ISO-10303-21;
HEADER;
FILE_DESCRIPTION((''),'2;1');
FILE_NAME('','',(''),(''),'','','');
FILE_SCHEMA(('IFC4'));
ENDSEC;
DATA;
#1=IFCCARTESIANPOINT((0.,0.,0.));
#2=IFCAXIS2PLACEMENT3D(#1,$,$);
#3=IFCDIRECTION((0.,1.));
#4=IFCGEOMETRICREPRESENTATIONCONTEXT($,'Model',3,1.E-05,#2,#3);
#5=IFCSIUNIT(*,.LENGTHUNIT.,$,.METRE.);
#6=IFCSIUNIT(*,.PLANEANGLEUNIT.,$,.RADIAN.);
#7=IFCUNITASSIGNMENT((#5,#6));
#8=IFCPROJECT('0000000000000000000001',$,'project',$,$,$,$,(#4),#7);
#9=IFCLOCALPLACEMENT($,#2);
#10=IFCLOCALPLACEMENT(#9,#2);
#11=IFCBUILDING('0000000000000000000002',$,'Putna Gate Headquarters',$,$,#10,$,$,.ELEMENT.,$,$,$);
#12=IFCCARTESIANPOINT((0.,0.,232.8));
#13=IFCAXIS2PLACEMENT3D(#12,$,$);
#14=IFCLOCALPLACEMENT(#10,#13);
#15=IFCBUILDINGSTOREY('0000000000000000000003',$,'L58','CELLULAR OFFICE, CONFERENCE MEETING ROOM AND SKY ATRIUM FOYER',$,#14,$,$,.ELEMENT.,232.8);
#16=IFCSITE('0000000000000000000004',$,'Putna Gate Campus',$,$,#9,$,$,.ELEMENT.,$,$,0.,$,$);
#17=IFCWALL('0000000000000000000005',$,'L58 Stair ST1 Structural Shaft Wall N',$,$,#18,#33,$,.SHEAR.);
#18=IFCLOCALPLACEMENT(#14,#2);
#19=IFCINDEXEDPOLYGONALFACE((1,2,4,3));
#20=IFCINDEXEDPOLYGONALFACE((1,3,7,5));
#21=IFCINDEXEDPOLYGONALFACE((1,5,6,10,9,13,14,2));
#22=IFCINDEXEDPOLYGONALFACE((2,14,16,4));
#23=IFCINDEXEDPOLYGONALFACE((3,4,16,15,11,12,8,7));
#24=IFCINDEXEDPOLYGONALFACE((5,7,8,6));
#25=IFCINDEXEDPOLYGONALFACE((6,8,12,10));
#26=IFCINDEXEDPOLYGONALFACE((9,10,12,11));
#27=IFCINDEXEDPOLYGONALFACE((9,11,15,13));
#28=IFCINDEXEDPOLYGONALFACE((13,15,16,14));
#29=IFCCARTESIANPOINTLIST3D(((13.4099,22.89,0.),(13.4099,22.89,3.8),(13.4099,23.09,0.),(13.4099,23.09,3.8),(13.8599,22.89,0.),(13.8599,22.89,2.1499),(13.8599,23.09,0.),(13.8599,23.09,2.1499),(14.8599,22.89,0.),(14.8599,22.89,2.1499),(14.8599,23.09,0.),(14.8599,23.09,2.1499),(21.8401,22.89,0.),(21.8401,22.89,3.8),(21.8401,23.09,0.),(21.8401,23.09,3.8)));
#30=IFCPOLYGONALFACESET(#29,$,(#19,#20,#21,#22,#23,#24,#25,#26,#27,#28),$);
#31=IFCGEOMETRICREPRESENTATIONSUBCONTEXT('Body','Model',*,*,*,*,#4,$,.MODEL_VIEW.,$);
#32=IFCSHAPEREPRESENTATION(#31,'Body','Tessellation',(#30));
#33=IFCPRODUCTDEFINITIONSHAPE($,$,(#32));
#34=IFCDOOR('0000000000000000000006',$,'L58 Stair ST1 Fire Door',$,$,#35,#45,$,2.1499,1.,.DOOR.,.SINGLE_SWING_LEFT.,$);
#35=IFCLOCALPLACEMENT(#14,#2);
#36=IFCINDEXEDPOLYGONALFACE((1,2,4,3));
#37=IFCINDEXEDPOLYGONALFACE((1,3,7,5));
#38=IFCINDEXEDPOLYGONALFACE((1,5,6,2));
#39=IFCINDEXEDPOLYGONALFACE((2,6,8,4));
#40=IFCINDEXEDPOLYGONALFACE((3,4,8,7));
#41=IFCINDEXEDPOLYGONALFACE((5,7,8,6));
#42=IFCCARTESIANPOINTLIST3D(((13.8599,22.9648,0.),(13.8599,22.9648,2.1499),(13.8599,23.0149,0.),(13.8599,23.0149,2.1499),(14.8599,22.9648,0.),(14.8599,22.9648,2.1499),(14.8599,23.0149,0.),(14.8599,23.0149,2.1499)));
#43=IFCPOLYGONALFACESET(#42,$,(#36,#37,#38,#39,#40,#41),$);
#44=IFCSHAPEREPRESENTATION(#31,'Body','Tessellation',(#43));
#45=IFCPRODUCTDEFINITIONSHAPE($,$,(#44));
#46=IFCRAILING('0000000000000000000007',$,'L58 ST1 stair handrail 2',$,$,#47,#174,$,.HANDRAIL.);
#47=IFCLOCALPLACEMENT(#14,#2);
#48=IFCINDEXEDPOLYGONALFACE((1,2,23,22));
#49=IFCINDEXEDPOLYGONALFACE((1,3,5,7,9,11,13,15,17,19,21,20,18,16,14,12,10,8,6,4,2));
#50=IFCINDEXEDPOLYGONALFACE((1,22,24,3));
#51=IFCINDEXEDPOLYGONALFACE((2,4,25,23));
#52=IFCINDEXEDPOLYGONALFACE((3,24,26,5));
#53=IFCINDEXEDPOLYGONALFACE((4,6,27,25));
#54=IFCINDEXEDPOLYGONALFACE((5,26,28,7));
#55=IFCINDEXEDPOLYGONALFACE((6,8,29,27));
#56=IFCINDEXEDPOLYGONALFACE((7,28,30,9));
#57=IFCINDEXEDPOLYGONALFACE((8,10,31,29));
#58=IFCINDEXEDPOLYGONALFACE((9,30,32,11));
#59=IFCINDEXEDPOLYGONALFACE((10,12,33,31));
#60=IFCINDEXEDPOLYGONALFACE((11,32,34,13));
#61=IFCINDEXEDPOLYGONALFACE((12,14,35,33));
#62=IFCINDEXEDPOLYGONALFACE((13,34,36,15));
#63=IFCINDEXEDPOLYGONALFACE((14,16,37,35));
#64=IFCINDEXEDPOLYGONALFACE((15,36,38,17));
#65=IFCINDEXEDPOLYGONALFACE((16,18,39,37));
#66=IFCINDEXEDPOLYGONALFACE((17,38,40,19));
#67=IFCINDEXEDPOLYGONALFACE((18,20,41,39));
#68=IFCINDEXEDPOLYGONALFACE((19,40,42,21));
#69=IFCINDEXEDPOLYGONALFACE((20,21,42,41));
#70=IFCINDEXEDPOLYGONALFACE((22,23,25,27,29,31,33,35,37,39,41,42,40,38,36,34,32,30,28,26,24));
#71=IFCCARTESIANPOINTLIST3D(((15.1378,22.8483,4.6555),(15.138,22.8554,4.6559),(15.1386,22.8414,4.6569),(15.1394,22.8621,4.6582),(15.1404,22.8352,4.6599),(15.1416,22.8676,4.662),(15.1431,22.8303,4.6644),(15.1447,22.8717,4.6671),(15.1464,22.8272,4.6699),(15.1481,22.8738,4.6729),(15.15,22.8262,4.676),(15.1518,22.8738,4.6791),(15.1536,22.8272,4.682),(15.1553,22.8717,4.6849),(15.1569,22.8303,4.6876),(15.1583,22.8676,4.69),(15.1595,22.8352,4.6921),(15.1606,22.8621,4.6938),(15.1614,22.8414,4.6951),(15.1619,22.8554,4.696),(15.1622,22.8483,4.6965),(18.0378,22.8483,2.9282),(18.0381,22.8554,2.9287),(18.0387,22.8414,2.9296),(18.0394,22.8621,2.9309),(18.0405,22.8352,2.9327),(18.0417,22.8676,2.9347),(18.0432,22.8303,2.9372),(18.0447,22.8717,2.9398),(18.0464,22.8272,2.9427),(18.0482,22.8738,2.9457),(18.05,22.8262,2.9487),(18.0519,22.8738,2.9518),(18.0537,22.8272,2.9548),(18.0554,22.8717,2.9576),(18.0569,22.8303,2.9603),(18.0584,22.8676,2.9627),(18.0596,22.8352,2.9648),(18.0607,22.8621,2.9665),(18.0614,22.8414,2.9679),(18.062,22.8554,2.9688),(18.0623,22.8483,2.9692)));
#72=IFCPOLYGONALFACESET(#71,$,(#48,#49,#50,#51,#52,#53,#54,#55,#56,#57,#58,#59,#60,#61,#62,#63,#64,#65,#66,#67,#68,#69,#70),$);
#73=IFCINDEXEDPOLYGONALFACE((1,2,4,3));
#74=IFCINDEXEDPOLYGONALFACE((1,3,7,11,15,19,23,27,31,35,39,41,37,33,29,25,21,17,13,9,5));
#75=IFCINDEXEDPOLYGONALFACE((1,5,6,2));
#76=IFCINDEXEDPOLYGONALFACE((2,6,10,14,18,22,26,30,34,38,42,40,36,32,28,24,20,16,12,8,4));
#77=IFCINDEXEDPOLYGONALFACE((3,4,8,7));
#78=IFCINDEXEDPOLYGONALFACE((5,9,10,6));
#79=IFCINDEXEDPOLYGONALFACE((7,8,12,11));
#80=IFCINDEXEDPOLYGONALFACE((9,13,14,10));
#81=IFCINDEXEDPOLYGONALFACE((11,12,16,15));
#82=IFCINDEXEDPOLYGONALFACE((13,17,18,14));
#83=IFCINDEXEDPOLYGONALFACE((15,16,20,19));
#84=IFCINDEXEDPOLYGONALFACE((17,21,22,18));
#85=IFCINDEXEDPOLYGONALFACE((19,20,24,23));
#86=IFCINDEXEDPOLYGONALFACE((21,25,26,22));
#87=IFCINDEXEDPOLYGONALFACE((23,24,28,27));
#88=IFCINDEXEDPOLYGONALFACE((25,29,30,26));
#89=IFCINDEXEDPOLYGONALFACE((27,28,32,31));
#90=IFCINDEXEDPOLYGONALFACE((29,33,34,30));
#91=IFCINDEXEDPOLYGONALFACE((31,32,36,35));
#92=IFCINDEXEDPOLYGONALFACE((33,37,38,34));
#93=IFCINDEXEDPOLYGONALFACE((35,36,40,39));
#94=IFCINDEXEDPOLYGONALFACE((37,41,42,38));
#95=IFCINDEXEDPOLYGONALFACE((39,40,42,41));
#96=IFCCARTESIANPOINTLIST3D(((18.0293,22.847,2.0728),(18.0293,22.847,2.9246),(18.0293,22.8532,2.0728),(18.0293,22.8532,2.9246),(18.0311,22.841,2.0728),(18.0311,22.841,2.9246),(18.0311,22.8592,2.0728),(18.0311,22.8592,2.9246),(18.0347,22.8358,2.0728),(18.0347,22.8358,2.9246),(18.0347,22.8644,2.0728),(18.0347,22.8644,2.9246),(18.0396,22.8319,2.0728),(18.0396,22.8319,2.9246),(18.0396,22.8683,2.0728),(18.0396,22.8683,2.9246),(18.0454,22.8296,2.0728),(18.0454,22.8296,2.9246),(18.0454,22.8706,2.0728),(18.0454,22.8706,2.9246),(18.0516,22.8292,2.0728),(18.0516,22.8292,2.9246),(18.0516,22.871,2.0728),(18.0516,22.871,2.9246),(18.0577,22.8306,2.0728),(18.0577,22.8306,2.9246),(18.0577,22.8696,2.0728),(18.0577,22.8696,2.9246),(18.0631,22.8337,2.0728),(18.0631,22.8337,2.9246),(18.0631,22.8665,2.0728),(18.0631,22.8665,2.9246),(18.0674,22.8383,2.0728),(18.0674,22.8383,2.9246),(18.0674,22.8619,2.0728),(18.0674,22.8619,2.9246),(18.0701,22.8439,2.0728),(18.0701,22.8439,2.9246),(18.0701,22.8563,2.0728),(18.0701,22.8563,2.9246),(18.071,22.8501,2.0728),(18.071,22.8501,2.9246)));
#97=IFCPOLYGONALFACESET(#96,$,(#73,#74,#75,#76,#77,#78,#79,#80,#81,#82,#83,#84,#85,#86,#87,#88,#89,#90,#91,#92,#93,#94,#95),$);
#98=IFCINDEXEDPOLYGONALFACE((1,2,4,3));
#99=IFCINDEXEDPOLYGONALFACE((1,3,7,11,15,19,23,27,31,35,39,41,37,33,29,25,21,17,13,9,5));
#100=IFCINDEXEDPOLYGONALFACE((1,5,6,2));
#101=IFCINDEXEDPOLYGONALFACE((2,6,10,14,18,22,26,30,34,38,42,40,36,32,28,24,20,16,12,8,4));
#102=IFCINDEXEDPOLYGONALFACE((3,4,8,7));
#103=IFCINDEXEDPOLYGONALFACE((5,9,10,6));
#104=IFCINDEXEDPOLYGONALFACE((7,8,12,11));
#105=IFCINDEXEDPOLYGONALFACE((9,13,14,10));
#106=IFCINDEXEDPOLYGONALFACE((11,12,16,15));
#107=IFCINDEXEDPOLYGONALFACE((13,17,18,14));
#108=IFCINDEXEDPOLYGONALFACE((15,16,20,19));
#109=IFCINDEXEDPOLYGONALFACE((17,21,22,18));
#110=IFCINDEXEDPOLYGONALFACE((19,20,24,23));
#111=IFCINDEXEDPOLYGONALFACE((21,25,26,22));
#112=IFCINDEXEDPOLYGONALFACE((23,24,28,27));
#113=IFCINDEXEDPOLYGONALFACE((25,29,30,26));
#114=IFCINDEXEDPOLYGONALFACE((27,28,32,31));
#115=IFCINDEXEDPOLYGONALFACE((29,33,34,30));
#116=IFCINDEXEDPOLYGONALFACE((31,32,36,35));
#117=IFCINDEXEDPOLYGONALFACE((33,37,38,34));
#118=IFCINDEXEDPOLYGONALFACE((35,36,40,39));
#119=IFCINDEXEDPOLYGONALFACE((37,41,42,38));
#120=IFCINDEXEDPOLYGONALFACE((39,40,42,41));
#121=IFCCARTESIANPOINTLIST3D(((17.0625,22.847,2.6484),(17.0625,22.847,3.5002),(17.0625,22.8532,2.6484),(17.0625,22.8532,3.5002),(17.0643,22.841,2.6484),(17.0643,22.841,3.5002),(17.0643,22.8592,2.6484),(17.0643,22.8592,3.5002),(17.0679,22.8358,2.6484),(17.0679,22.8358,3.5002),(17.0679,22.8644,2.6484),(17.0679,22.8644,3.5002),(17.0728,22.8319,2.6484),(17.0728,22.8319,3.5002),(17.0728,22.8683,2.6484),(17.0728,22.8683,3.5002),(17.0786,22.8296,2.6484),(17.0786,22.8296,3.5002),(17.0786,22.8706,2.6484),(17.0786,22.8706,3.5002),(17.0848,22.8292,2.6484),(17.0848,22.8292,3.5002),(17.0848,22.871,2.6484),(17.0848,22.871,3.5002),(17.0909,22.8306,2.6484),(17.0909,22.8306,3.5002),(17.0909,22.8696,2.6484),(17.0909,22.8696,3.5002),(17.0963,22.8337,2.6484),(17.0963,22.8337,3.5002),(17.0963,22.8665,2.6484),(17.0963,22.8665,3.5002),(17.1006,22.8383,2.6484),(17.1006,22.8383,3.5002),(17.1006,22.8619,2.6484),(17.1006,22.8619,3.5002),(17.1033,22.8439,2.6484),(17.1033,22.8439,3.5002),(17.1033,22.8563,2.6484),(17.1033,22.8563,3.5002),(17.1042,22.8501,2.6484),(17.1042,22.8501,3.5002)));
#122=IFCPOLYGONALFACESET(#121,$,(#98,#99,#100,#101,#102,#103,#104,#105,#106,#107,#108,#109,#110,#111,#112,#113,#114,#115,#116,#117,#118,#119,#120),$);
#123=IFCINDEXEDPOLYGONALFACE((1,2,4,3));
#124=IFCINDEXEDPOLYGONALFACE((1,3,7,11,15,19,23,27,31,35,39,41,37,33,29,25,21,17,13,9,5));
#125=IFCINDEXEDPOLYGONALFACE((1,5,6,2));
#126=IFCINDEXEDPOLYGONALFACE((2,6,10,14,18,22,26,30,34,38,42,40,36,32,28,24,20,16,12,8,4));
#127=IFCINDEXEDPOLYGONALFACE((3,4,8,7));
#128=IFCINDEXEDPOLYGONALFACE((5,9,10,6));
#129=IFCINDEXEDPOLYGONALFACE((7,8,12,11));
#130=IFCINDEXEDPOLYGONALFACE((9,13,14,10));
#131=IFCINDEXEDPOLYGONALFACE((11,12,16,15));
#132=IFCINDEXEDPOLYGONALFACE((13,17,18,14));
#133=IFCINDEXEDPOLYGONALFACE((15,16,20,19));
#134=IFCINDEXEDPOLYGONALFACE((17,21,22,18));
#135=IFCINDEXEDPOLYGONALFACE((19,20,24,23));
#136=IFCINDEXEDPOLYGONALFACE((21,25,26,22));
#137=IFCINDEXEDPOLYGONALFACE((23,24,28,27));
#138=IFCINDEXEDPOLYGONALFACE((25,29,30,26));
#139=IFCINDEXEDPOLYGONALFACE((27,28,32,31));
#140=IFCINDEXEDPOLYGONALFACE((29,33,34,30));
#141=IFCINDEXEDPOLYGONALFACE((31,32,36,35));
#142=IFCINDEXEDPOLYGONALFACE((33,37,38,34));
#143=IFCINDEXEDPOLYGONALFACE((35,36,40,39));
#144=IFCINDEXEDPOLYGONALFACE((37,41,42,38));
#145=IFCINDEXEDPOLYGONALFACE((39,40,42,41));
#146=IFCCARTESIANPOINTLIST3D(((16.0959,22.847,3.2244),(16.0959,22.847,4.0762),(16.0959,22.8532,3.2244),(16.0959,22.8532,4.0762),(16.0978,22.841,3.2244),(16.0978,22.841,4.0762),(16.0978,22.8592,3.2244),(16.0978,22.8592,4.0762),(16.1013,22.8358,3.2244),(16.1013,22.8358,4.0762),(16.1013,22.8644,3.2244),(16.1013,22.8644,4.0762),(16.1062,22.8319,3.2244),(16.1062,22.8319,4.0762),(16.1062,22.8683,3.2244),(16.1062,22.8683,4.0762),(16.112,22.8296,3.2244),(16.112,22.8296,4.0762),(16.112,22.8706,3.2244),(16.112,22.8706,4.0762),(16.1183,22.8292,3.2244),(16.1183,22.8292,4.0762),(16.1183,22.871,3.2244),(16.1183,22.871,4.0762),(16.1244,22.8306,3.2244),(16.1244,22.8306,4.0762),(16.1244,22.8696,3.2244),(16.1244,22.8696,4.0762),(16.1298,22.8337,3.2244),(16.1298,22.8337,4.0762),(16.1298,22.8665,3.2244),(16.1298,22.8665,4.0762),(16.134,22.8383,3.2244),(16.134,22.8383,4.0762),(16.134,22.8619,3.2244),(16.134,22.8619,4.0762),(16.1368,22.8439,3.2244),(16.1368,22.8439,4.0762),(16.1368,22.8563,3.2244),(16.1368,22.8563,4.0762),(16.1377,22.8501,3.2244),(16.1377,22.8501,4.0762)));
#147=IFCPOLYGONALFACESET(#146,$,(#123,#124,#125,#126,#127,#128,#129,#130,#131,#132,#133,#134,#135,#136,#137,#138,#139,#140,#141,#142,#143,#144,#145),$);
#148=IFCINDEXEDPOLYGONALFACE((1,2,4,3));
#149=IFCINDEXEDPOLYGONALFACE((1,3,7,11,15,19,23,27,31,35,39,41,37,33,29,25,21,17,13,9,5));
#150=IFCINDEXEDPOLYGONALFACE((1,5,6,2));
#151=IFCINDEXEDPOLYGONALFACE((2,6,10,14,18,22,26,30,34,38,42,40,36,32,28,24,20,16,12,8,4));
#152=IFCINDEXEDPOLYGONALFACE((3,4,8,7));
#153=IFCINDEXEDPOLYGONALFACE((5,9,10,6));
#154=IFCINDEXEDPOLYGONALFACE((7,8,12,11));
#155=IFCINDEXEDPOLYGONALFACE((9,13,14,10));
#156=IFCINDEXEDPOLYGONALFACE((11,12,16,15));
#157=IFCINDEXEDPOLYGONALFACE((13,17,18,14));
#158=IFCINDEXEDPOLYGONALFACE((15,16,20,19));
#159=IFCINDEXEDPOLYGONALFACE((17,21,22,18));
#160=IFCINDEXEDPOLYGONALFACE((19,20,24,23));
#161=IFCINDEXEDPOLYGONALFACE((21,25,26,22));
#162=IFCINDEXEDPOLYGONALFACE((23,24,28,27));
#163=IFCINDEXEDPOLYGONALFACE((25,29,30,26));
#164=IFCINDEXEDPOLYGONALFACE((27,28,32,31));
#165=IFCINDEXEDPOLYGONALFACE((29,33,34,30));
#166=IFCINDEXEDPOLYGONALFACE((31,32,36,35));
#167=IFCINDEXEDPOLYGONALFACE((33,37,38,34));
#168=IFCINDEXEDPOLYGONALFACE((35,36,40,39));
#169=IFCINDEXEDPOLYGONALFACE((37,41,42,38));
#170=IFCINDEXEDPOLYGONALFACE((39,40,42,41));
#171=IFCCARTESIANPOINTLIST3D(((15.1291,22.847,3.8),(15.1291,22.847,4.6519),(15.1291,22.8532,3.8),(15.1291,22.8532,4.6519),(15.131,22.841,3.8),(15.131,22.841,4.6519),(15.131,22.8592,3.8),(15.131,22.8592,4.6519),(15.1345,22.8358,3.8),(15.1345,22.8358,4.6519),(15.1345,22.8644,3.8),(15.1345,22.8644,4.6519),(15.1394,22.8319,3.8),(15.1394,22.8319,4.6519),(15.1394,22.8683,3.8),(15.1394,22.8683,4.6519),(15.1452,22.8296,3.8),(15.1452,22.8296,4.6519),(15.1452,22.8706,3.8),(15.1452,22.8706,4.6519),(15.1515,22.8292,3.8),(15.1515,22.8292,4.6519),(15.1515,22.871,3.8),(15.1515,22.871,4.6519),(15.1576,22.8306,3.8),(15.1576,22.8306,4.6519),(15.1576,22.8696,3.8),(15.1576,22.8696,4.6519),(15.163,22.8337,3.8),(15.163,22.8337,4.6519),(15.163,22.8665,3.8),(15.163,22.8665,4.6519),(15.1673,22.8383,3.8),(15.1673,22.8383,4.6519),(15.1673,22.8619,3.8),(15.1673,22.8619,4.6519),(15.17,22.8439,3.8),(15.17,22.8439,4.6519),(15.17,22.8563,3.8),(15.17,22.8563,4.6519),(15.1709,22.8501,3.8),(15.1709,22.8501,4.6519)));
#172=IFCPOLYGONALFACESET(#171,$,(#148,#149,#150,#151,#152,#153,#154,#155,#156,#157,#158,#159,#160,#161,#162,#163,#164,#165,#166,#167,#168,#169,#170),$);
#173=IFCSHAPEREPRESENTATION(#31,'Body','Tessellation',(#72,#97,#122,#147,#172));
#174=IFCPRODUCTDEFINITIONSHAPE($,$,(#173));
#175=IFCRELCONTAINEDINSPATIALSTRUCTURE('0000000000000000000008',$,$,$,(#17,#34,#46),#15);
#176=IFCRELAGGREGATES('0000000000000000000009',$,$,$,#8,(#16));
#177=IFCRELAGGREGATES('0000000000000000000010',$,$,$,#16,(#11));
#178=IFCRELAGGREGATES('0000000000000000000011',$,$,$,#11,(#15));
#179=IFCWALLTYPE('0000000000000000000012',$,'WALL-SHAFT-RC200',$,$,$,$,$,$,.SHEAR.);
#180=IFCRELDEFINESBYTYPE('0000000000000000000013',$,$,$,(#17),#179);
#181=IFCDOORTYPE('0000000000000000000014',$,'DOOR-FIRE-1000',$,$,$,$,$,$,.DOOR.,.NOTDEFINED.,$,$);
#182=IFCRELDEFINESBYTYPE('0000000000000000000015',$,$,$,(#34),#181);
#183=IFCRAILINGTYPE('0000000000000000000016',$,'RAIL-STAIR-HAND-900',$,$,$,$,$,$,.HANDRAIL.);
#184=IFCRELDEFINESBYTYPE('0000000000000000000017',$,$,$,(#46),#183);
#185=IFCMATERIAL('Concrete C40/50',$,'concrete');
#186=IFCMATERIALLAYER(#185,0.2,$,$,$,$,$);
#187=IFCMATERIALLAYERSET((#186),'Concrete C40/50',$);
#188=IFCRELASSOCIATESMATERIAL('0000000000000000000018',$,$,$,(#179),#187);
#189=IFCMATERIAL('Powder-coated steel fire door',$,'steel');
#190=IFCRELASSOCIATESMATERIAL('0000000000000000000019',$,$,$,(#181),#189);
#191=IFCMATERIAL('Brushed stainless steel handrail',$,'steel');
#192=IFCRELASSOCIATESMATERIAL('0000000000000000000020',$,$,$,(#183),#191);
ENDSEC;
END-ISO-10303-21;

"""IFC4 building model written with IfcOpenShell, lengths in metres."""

from ifc_helpers import new_model, si_unit, direction, frame, frame_2d, origin, origin_2d, place, context, subcontext, project, spatial, rectangle, circle, extrude, material, layer, layer_set, type_object, element, fill, save


model = new_model("IFC4")

# Units and contexts
model_context = context("Model", 3, precision=1e-05, world=origin(), true_north=direction((0.0, 1.0)))
body_context = subcontext(model_context, "Body", "Model", "MODEL_VIEW")
ifc_project = project(units=[si_unit("LENGTHUNIT", "METRE"), si_unit("PLANEANGLEUNIT", "RADIAN")], contexts=[model_context])

# Site, building, storey
site_placement = place(None, origin())
site = spatial("IfcSite", under=ifc_project, at=site_placement, Name="Putna Gate Campus", CompositionType="ELEMENT", RefElevation=0.0)
building_placement = place(site_placement, origin())
building = spatial("IfcBuilding", under=site, at=building_placement, Name="Putna Gate Headquarters", CompositionType="ELEMENT")
storey_placement = place(building_placement, frame((0.0, 0.0, 232.8)))
storey = spatial("IfcBuildingStorey", under=building, at=storey_placement, Name="L58", Description="CELLULAR OFFICE, CONFERENCE MEETING ROOM AND SKY ATRIUM FOYER", CompositionType="ELEMENT", Elevation=232.8)

# Shared definitions
ifc_material_1 = material(Name="Concrete C40/50", Category="concrete")

# Wall, opening, door
ifc_layer_1 = layer(ifc_material_1, 0.2)
ifc_layer_set_1 = layer_set([ifc_layer_1], Name="Concrete C40/50")
wall_type_1 = type_object("IfcWallType", Name="WALL-SHAFT-RC200", PredefinedType="SHEAR", material=ifc_layer_set_1)
wall_1_placement = place(storey_placement, frame((13.4099, 22.99, 0.0), z_axis=(0.0, 0.0, 1.0), x_axis=(1.0, 0.0, 0.0)))
wall_1 = element("IfcWall", 1, at=wall_1_placement, inside=storey, type_object=wall_type_1, Name="L58 Stair ST1 Structural Shaft Wall N", PredefinedType="SHEAR", context=body_context, shape_type="SweptSolid", body=[
    extrude(rectangle(XDim=8.4302, YDim=0.2, at=frame_2d((4.2151, 0.0))), origin(), (0.0, 0.0, 1.0), 3.8),
])
opening_1_placement = place(wall_1_placement, frame((0.45, 0.0, 0.0)))
opening_1 = element("IfcOpeningElement", 2, at=opening_1_placement, cuts=wall_1, PredefinedType="OPENING", context=body_context, shape_type="SweptSolid", body=[
    extrude(rectangle(XDim=1.0, YDim=2.1499, at=frame_2d((0.5, 1.075))), frame((0.0, 0.1099, 0.0), z_axis=(0.0, -1.0, 0.0), x_axis=(1.0, 0.0, 0.0)), (0.0, 0.0, 1.0), 0.22),
])
ifc_material_2 = material(Name="Powder-coated steel fire door", Category="steel")
door_type_1 = type_object("IfcDoorType", Name="DOOR-FIRE-1000", OperationType="NOTDEFINED", PredefinedType="DOOR", material=ifc_material_2)
door_1_placement = place(opening_1_placement, origin())
door_1 = element("IfcDoor", 3, at=door_1_placement, inside=storey, type_object=door_type_1, Name="L58 Stair ST1 Fire Door", OperationType="SINGLE_SWING_LEFT", OverallHeight=2.1499, OverallWidth=1.0, PredefinedType="DOOR", context=body_context, shape_type="SweptSolid", body=[
    extrude(rectangle(XDim=1.0, YDim=2.1499, at=frame_2d((0.5, 1.075))), frame((0.0, 0.0249, 0.0), z_axis=(0.0, -1.0, 0.0), x_axis=(1.0, 0.0, 0.0)), (0.0, 0.0, 1.0), 0.05),
])
fill(opening_1, door_1)

# Railing
ifc_material_3 = material(Name="Brushed stainless steel handrail", Category="steel")
railing_type = type_object("IfcRailingType", Name="RAIL-STAIR-HAND-900", PredefinedType="HANDRAIL", material=ifc_material_3)
railing_placement = place(storey_placement, frame((18.05, 22.8501, 2.0728)))
element("IfcRailing", 4, at=railing_placement, inside=storey, type_object=railing_type, Name="L58 ST1 stair handrail 2", PredefinedType="HANDRAIL", context=body_context, shape_type="SweptSolid", body=[
    extrude(circle(Radius=0.0239, at=origin_2d()), frame((0.0, 0.0, 0.876), z_axis=(-0.85916, 0.0, 0.511706), x_axis=(0.0, -1.0, 0.0)), (0.0, 0.0, 1.0), 3.3755),
    extrude(circle(Radius=0.021, at=origin_2d()), origin(), (0.0, 0.0, 1.0), 0.8518),
    extrude(circle(Radius=0.021, at=origin_2d()), frame((-0.9668, 0.0, 0.5757)), (0.0, 0.0, 1.0), 0.8518),
    extrude(circle(Radius=0.021, at=origin_2d()), frame((-1.9333, 0.0, 1.1516)), (0.0, 0.0, 1.0), 0.8518),
    extrude(circle(Radius=0.021, at=origin_2d()), frame((-2.9001, 0.0, 1.7273)), (0.0, 0.0, 1.0), 0.8518),
])

save(model, "model.ifc")
